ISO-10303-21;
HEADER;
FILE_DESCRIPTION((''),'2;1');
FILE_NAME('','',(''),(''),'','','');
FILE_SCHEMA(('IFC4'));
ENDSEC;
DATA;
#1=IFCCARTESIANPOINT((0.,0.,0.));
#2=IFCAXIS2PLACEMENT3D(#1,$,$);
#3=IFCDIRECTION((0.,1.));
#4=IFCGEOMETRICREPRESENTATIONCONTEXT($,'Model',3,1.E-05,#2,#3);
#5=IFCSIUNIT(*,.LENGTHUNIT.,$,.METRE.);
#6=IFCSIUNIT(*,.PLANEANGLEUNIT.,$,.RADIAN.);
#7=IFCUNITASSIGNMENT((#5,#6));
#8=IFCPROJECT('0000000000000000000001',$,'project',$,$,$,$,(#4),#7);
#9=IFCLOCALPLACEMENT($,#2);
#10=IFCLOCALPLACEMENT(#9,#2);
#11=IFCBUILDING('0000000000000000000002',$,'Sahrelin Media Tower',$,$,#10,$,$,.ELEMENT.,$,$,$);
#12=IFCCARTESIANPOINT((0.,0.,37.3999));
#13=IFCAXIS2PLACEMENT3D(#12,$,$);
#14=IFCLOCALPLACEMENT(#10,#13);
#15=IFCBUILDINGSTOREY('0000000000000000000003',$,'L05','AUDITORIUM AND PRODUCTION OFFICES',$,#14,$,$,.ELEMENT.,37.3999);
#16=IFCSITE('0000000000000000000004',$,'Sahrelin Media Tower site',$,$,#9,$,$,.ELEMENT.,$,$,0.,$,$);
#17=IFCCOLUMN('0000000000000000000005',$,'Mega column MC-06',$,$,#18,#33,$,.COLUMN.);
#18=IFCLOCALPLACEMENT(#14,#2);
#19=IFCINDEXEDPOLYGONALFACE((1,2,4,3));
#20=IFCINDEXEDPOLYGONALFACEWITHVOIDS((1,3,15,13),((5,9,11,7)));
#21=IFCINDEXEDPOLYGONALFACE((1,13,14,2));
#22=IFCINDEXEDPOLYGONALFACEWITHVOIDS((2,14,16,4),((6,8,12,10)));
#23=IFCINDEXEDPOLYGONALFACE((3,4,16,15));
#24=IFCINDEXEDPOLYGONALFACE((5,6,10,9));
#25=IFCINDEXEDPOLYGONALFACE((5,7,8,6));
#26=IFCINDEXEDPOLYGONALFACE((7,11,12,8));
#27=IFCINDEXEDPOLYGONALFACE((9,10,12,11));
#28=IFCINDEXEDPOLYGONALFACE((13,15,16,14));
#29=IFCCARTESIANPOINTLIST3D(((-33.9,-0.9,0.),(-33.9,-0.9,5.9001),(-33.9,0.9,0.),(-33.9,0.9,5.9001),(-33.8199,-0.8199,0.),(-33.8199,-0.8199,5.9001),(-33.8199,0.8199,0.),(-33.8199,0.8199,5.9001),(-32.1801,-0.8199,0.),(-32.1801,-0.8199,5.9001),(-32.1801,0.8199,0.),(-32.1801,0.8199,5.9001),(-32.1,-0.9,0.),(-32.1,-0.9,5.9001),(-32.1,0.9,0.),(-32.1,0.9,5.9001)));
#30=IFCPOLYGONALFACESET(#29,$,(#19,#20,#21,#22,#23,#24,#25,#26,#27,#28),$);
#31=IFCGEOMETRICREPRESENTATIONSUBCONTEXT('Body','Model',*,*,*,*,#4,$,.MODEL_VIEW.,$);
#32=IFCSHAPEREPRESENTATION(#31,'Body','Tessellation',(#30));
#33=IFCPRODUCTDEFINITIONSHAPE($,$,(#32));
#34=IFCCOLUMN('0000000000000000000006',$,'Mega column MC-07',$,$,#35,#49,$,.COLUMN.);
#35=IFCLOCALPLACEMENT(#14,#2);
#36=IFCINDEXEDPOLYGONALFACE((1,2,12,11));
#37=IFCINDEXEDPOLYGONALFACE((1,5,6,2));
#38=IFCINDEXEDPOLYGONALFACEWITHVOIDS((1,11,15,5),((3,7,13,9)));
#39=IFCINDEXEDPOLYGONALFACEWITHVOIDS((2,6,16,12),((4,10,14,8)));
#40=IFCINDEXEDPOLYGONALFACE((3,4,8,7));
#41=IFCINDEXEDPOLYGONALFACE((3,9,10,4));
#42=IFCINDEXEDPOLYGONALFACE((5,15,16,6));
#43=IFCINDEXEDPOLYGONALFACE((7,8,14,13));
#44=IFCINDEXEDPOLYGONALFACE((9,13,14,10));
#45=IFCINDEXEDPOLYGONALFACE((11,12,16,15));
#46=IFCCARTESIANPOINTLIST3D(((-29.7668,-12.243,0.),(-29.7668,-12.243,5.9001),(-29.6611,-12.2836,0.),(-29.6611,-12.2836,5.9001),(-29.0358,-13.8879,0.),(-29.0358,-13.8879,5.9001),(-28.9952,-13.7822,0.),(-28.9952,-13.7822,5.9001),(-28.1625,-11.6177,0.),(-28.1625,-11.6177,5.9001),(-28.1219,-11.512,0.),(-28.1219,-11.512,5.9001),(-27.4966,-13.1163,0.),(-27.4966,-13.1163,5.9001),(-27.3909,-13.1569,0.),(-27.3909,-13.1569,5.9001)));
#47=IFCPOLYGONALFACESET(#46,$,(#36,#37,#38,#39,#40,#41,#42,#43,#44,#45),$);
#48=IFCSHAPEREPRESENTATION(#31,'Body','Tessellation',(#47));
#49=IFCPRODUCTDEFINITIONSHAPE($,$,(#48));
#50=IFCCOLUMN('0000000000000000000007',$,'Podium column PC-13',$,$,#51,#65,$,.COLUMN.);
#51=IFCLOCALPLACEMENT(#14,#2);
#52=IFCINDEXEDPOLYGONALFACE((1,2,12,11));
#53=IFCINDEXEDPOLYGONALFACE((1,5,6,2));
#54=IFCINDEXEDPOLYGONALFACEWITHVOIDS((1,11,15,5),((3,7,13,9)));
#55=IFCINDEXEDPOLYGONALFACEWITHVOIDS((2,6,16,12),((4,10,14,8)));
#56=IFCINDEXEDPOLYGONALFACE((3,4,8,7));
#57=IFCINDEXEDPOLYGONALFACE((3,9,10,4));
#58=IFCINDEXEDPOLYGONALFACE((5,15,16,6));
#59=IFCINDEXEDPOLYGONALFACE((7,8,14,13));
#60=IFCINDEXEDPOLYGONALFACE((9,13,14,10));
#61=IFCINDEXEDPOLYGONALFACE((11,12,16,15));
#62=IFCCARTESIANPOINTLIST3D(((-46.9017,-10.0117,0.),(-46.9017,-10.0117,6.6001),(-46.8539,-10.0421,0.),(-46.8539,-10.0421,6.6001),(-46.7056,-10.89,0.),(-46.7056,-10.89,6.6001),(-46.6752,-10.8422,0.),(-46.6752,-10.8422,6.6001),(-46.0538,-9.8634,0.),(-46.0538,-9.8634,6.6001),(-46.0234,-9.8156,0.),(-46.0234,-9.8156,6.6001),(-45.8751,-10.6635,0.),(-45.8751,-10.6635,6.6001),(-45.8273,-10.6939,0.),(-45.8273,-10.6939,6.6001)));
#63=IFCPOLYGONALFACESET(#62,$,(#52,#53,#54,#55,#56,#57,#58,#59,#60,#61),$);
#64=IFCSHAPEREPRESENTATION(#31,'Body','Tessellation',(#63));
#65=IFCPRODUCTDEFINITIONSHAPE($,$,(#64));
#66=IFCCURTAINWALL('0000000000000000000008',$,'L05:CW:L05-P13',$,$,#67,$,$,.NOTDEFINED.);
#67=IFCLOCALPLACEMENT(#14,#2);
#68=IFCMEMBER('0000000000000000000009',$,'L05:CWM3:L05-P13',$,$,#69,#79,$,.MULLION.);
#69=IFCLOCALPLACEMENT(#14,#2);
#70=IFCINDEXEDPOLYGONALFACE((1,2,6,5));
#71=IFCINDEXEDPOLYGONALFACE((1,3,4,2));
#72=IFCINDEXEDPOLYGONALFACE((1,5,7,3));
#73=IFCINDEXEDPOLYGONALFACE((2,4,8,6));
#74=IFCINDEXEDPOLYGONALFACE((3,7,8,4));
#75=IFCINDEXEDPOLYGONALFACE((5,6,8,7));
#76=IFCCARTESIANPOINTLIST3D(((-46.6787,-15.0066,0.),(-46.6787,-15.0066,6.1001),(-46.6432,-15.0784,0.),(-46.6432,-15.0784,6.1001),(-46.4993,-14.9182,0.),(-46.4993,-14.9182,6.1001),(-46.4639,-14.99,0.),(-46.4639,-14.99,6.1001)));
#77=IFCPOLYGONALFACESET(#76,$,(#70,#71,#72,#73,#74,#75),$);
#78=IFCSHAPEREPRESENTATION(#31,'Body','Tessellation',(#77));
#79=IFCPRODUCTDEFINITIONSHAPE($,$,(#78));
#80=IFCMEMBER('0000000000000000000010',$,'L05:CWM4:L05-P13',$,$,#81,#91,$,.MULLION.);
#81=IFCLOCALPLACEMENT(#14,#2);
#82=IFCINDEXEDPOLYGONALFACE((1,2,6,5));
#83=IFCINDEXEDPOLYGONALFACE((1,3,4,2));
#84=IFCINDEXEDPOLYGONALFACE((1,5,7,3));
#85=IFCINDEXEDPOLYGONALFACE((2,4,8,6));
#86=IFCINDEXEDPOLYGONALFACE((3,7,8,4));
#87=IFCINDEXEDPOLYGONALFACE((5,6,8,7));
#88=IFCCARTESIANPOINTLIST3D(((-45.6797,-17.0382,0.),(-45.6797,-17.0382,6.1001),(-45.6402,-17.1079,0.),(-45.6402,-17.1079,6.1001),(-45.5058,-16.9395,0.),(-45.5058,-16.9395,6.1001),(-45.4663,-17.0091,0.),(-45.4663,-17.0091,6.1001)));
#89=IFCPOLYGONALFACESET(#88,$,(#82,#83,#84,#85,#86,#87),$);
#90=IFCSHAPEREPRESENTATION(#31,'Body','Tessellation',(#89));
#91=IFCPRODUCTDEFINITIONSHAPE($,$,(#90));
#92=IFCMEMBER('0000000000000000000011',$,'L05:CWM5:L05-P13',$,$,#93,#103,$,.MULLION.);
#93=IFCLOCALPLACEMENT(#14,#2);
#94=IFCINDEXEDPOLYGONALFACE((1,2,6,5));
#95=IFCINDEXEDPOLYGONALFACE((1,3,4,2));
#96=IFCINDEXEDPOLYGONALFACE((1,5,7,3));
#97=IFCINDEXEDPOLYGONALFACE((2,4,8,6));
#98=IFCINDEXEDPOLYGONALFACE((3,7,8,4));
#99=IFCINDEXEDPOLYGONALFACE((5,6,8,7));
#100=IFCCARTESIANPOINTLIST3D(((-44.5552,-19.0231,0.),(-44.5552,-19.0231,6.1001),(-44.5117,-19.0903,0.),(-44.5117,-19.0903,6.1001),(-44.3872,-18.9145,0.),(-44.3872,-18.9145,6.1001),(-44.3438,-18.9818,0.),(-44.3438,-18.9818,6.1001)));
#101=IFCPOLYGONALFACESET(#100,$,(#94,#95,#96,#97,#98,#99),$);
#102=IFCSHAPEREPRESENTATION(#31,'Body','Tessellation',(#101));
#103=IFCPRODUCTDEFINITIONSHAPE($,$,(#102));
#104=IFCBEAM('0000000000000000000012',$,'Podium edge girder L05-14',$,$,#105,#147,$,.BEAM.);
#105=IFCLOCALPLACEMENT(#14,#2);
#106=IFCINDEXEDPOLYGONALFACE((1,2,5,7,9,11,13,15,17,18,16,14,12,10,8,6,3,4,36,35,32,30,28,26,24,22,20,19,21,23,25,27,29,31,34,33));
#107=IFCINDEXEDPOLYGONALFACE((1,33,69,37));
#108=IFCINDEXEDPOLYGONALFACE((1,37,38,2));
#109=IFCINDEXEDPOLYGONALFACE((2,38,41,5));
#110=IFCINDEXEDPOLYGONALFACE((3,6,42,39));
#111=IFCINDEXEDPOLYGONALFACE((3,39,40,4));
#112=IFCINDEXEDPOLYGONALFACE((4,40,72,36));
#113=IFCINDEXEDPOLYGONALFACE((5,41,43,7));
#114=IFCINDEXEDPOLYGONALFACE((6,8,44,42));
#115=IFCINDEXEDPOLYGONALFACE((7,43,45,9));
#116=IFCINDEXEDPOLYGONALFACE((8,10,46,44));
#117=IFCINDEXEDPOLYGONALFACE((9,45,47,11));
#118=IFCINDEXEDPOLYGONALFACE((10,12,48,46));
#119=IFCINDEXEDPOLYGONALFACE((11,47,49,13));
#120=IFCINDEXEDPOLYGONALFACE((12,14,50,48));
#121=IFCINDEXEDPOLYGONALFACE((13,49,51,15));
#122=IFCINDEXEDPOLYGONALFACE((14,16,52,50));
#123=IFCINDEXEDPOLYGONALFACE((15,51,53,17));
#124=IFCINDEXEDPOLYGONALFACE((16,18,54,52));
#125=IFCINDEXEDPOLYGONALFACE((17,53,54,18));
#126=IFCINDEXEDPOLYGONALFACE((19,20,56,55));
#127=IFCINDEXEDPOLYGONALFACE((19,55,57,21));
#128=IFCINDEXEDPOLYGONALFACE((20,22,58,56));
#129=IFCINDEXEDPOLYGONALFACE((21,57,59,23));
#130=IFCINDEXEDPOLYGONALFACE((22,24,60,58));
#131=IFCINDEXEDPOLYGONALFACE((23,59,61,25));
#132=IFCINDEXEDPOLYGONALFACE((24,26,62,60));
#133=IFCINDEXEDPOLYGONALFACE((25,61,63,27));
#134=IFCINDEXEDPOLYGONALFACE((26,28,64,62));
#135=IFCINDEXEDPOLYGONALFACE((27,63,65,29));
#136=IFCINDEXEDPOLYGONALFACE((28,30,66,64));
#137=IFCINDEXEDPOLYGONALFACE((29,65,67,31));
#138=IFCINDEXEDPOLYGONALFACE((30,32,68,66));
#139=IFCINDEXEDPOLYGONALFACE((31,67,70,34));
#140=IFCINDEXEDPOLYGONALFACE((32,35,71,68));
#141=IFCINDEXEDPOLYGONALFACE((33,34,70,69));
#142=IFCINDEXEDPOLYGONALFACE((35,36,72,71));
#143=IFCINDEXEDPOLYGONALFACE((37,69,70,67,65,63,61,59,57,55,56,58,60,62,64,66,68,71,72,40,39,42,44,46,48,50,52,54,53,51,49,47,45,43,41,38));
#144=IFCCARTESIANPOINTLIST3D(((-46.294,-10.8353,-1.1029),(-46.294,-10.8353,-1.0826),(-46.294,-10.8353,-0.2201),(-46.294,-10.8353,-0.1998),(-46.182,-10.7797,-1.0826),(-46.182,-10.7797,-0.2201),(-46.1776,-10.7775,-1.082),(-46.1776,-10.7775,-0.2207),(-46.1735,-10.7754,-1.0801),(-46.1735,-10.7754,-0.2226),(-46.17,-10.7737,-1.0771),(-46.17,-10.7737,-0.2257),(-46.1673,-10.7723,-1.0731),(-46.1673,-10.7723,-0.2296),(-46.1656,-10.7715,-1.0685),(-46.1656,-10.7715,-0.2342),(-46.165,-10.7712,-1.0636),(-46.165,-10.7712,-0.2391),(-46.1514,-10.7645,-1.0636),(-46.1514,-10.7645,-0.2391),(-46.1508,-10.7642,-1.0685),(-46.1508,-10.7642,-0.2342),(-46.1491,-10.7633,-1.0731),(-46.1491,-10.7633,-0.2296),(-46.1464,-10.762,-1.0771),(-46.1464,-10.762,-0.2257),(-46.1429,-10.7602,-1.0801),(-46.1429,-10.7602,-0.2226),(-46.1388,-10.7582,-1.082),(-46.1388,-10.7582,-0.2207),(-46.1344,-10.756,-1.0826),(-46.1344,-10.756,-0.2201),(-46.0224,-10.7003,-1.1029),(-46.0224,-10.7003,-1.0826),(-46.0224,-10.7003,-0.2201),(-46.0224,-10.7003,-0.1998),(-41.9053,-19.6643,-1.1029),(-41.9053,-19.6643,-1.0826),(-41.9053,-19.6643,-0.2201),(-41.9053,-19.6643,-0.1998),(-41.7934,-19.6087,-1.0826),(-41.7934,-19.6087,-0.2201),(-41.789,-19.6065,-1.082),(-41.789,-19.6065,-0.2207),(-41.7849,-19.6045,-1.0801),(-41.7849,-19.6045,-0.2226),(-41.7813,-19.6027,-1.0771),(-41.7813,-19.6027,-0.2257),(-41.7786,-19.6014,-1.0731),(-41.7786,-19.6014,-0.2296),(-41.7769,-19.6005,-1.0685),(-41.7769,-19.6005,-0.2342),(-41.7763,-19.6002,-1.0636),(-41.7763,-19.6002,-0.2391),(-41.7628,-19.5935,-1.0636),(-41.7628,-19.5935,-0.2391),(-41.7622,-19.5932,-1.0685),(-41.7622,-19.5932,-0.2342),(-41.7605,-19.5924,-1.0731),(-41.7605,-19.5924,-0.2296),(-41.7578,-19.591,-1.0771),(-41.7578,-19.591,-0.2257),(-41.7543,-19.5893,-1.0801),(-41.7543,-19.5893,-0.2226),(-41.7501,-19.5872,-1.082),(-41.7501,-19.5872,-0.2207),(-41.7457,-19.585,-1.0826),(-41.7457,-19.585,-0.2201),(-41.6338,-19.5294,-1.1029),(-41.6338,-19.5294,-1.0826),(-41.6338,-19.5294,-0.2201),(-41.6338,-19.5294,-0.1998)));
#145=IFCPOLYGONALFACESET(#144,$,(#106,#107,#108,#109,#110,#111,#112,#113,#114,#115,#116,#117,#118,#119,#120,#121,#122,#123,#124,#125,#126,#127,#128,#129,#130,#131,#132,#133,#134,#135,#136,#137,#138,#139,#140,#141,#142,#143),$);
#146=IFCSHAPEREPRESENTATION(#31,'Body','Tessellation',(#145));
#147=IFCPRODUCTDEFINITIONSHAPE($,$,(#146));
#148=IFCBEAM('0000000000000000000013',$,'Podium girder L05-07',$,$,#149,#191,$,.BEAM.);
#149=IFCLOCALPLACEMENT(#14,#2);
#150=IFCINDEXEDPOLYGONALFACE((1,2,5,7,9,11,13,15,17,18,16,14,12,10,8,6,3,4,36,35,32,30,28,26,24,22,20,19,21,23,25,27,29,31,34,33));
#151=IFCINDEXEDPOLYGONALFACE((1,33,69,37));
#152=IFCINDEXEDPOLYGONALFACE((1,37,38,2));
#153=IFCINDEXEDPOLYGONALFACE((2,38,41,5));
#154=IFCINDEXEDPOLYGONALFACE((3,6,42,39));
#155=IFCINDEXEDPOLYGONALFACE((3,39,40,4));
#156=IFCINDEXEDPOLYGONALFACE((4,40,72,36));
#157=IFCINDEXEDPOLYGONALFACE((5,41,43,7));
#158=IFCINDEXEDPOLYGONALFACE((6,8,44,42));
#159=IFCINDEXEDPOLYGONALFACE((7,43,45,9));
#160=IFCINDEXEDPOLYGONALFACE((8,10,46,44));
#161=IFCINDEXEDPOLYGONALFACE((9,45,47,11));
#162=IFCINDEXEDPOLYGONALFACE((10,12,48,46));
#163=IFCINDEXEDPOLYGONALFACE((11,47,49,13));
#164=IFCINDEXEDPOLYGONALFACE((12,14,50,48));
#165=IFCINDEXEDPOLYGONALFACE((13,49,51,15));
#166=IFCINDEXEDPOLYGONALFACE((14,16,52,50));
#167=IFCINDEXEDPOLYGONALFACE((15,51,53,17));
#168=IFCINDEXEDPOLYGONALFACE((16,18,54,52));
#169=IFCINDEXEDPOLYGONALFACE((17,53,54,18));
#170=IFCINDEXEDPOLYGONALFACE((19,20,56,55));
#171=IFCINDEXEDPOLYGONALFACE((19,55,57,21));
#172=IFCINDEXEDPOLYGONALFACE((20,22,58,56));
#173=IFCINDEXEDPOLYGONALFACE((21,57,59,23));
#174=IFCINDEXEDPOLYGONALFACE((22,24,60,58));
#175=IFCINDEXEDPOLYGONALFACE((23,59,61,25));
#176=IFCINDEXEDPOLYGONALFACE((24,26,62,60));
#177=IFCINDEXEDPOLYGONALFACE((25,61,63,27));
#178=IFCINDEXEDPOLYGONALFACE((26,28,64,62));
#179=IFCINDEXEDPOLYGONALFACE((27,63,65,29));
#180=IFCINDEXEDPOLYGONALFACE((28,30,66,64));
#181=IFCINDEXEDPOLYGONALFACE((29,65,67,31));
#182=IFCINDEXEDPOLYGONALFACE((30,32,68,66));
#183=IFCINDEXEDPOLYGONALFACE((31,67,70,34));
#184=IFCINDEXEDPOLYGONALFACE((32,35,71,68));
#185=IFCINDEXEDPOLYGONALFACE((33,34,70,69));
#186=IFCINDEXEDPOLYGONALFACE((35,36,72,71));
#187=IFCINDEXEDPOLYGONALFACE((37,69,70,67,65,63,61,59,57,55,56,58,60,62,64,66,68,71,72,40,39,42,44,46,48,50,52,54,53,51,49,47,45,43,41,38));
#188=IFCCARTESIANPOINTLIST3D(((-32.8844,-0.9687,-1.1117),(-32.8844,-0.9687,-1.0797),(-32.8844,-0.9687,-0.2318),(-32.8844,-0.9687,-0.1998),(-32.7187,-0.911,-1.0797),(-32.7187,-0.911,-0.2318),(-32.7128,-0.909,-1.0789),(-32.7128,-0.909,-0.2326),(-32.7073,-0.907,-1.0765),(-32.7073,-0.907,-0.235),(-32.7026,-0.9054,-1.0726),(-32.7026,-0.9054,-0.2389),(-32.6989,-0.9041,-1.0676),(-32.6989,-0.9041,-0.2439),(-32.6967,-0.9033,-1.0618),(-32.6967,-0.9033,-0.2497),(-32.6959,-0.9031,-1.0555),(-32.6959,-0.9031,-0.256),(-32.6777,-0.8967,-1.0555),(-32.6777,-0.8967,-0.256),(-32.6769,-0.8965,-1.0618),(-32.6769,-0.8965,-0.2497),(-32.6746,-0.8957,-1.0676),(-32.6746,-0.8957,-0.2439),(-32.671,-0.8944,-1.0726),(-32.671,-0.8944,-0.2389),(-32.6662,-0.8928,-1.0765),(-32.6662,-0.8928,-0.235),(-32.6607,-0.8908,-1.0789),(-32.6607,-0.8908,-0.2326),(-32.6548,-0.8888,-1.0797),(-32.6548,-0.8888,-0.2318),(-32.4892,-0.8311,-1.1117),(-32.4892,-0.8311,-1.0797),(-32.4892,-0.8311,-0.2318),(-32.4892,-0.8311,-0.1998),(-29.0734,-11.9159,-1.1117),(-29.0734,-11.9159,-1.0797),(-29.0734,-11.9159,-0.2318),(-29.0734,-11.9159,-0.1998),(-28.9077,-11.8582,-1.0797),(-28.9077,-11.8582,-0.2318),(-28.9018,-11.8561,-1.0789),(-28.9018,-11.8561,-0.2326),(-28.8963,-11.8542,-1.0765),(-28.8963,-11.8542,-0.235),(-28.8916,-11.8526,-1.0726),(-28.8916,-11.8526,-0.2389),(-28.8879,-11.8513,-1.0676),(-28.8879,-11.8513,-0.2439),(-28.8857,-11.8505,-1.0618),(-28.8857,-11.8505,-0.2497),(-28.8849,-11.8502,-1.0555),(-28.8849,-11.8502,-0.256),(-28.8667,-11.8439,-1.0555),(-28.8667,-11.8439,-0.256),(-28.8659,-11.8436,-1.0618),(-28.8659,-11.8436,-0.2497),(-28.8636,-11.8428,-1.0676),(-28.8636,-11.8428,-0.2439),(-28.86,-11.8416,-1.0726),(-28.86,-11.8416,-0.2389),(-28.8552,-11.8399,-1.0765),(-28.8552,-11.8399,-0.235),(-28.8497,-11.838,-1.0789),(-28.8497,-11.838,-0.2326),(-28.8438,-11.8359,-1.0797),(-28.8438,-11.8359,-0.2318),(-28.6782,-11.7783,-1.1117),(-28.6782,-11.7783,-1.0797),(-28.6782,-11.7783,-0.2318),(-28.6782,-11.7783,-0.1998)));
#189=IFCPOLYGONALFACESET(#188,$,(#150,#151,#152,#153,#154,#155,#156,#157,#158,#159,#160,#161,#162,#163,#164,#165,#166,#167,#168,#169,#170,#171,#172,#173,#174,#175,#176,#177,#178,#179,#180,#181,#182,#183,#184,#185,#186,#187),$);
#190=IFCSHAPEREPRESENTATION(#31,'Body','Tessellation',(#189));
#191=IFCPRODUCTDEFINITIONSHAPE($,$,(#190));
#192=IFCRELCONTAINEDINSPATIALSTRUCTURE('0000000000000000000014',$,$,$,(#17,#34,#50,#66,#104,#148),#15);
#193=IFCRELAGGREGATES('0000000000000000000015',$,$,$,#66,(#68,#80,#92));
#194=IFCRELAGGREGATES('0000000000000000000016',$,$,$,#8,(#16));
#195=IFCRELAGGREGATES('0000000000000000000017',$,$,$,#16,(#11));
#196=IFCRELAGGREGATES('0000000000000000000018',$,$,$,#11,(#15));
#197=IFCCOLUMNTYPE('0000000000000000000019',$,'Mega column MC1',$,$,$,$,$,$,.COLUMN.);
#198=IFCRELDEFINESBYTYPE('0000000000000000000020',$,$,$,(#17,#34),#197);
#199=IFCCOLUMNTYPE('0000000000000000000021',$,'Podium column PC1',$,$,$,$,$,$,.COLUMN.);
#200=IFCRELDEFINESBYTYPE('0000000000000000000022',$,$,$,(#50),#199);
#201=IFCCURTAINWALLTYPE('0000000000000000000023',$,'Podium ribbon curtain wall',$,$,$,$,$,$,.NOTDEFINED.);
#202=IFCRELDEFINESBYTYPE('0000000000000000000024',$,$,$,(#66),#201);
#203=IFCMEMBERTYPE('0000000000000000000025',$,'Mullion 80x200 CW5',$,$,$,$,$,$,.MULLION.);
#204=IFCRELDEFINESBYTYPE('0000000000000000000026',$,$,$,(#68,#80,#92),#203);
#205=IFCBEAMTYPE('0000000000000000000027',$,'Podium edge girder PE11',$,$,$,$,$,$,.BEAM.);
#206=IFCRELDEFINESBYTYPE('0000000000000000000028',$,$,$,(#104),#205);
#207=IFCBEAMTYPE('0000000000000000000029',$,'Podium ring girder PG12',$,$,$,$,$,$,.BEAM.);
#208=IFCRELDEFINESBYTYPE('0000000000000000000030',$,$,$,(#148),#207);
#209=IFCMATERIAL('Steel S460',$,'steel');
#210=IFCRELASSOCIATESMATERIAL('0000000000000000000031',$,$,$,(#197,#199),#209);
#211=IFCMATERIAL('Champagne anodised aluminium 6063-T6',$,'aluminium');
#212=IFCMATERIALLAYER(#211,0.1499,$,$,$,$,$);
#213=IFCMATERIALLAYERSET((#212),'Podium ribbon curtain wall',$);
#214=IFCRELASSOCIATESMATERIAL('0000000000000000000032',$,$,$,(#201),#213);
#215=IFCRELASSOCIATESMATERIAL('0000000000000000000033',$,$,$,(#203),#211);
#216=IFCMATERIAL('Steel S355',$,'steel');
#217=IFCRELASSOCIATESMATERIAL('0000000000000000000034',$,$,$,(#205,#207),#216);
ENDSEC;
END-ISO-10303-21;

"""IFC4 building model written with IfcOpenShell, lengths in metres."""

from ifc_helpers import new_model, si_unit, direction, frame, origin, origin_2d, place, context, subcontext, project, spatial, rectangle, hollow_rectangle, i_section, extrude, material, layer, layer_set, material_profile, profile_set, type_object, element, aggregate, save


model = new_model("IFC4")

# Units and contexts
model_context = context("Model", 3, precision=1e-05, world=origin(), true_north=direction((0.0, 1.0)))
body_context = subcontext(model_context, "Body", "Model", "MODEL_VIEW")
ifc_project = project(units=[si_unit("LENGTHUNIT", "METRE"), si_unit("PLANEANGLEUNIT", "RADIAN")], contexts=[model_context])

# Site, building, storey
site_placement = place(None, origin())
site = spatial("IfcSite", under=ifc_project, at=site_placement, Name="Sahrelin Media Tower site", CompositionType="ELEMENT", RefElevation=0.0)
building_placement = place(site_placement, origin())
building = spatial("IfcBuilding", under=site, at=building_placement, Name="Sahrelin Media Tower", CompositionType="ELEMENT")
storey_placement = place(building_placement, frame((0.0, 0.0, 37.3999)))
storey = spatial("IfcBuildingStorey", under=building, at=storey_placement, Name="L05", Description="AUDITORIUM AND PRODUCTION OFFICES", CompositionType="ELEMENT", Elevation=37.3999)

# Columns
ifc_material_1 = material(Name="Steel S460", Category="steel")
ifc_material_profile_1 = material_profile(ifc_material_1, hollow_rectangle(XDim=1.8, YDim=1.8, WallThickness=0.0801, at=origin_2d()), Name="Mega column MC1")
ifc_profile_set_1 = profile_set([ifc_material_profile_1], Name="Steel S460")
column_type_1 = type_object("IfcColumnType", Name="Mega column MC1", PredefinedType="COLUMN", material=ifc_profile_set_1)
for number, where, z_axis, x_axis, name in (
    (1, (-33.0, 0.0, 0.0), (0.0, 0.0, 1.0), (-1.0, 0.0, 0.0), "Mega column MC-06"),
    (2, (-28.5789, -12.7, 0.0), (0.0, 0.0, 1.0), (-0.913831, -0.406094, 0.0), "Mega column MC-07"),
):
    element("IfcColumn", number, at=place(storey_placement, frame(where, z_axis=z_axis, x_axis=x_axis)), inside=storey, type_object=column_type_1, Name=name, PredefinedType="COLUMN", context=body_context, shape_type="SweptSolid", body=[
        extrude(hollow_rectangle(XDim=1.8, YDim=1.8, WallThickness=0.0801, at=origin_2d()), origin(), (0.0, 0.0, 1.0), 5.9001),
    ])
ifc_material_profile_2 = material_profile(ifc_material_1, hollow_rectangle(XDim=0.8999, YDim=0.8999, WallThickness=0.04, at=origin_2d()), Name="Podium column PC1")
ifc_profile_set_2 = profile_set([ifc_material_profile_2], Name="Steel S460")
column_type_2 = type_object("IfcColumnType", Name="Podium column PC1", PredefinedType="COLUMN", material=ifc_profile_set_2)
column_placement = place(storey_placement, frame((-46.3645, -10.3528, 0.0), z_axis=(0.0, 0.0, 1.0), x_axis=(-0.975965, -0.217925, 0.0)))
element("IfcColumn", 3, at=column_placement, inside=storey, type_object=column_type_2, Name="Podium column PC-13", PredefinedType="COLUMN", context=body_context, shape_type="SweptSolid", body=[
    extrude(hollow_rectangle(XDim=0.8999, YDim=0.8999, WallThickness=0.04, at=origin_2d()), origin(), (0.0, 0.0, 1.0), 6.6001),
])

# Curtain wall, members
ifc_material_2 = material(Name="Champagne anodised aluminium 6063-T6", Category="aluminium")
ifc_layer_1 = layer(ifc_material_2, 0.1499)
ifc_layer_set_1 = layer_set([ifc_layer_1], Name="Podium ribbon curtain wall")
curtain_wall_type = type_object("IfcCurtainWallType", Name="Podium ribbon curtain wall", PredefinedType="NOTDEFINED", material=ifc_layer_set_1)
curtain_wall_placement = place(storey_placement, frame((-48.2964, -10.8704, 0.0), z_axis=(0.0, 0.0, 1.0), x_axis=(1.0, 0.0, 0.0)))
curtain_wall = element("IfcCurtainWall", 4, at=curtain_wall_placement, inside=storey, type_object=curtain_wall_type, Name="L05:CW:L05-P13", PredefinedType="NOTDEFINED")
ifc_material_profile_3 = material_profile(ifc_material_2, rectangle(XDim=0.0801, YDim=0.2, at=origin_2d()), Name="Mullion 80x200")
ifc_profile_set_3 = profile_set([ifc_material_profile_3], Name="Champagne anodised aluminium 6063-T6")
member_type_1 = type_object("IfcMemberType", Name="Mullion 80x200 CW5", PredefinedType="MULLION", material=ifc_profile_set_3)
member_1_placement = place(storey_placement, frame((-46.5713, -14.9983, 0.0), z_axis=(0.0, 0.0, 1.0), x_axis=(0.442262, -0.896886, 0.0)))
member_1 = element("IfcMember", 5, at=member_1_placement, type_object=member_type_1, Name="L05:CWM3:L05-P13", PredefinedType="MULLION", context=body_context, shape_type="SweptSolid", body=[
    extrude(rectangle(XDim=0.0801, YDim=0.2, at=origin_2d()), origin(), (0.0, 0.0, 1.0), 6.1001),
])
member_2_placement = place(storey_placement, frame((-45.573, -17.0237, 0.0), z_axis=(0.0, 0.0, 1.0), x_axis=(0.493787, -0.869583, 0.0)))
member_2 = element("IfcMember", 6, at=member_2_placement, type_object=member_type_1, Name="L05:CWM4:L05-P13", PredefinedType="MULLION", context=body_context, shape_type="SweptSolid", body=[
    extrude(rectangle(XDim=0.0801, YDim=0.2, at=origin_2d()), origin(), (0.0, 0.0, 1.0), 6.1001),
])
member_3_placement = place(storey_placement, frame((-44.4495, -19.0024, 0.0), z_axis=(0.0, 0.0, 1.0), x_axis=(0.54283, -0.839843, 0.0)))
member_3 = element("IfcMember", 7, at=member_3_placement, type_object=member_type_1, Name="L05:CWM5:L05-P13", PredefinedType="MULLION", context=body_context, shape_type="SweptSolid", body=[
    extrude(rectangle(XDim=0.0801, YDim=0.2, at=origin_2d()), origin(), (0.0, 0.0, 1.0), 6.1001),
])

# Beams
ifc_material_3 = material(Name="Steel S355", Category="steel")
ifc_material_profile_4 = material_profile(ifc_material_3, i_section(OverallWidth=0.3032, OverallDepth=0.9031, WebThickness=0.0151, FlangeThickness=0.0203, FilletRadius=0.019, at=origin_2d()), Name="UB 914x305x201")
ifc_profile_set_4 = profile_set([ifc_material_profile_4], Name="Steel S355")
beam_type_1 = type_object("IfcBeamType", Name="Podium edge girder PE11", PredefinedType="BEAM", material=ifc_profile_set_4)
beam_1_placement = place(storey_placement, frame((-46.1582, -10.7678, -0.6514), z_axis=(0.445113, -0.895475, 0.0), x_axis=(0.895475, 0.445113, 0.0)))
element("IfcBeam", 8, at=beam_1_placement, inside=storey, type_object=beam_type_1, Name="Podium edge girder L05-14", PredefinedType="BEAM", context=body_context, shape_type="SweptSolid", body=[
    extrude(i_section(OverallWidth=0.3032, OverallDepth=0.9031, WebThickness=0.0151, FlangeThickness=0.0203, FilletRadius=0.019, at=origin_2d()), origin(), (0.0, 0.0, 1.0), 9.8596),
])
ifc_material_profile_5 = material_profile(ifc_material_3, i_section(OverallWidth=0.4185, OverallDepth=0.9119, WebThickness=0.0193, FlangeThickness=0.032, FilletRadius=0.0242, at=origin_2d()), Name="UB 914x419x343")
ifc_profile_set_5 = profile_set([ifc_material_profile_5], Name="Steel S355")
beam_type_2 = type_object("IfcBeamType", Name="Podium ring girder PG12", PredefinedType="BEAM", material=ifc_profile_set_5)
beam_2_placement = place(storey_placement, frame((-32.6868, -0.8999, -0.6558), z_axis=(0.328774, -0.944409, 0.0), x_axis=(0.944409, 0.328774, 0.0)))
element("IfcBeam", 9, at=beam_2_placement, inside=storey, type_object=beam_type_2, Name="Podium girder L05-07", PredefinedType="BEAM", context=body_context, shape_type="SweptSolid", body=[
    extrude(i_section(OverallWidth=0.4185, OverallDepth=0.9119, WebThickness=0.0193, FlangeThickness=0.032, FilletRadius=0.0242, at=origin_2d()), origin(), (0.0, 0.0, 1.0), 11.5916),
])

aggregate(curtain_wall, [member_1, member_2, member_3])

save(model, "model.ifc")
